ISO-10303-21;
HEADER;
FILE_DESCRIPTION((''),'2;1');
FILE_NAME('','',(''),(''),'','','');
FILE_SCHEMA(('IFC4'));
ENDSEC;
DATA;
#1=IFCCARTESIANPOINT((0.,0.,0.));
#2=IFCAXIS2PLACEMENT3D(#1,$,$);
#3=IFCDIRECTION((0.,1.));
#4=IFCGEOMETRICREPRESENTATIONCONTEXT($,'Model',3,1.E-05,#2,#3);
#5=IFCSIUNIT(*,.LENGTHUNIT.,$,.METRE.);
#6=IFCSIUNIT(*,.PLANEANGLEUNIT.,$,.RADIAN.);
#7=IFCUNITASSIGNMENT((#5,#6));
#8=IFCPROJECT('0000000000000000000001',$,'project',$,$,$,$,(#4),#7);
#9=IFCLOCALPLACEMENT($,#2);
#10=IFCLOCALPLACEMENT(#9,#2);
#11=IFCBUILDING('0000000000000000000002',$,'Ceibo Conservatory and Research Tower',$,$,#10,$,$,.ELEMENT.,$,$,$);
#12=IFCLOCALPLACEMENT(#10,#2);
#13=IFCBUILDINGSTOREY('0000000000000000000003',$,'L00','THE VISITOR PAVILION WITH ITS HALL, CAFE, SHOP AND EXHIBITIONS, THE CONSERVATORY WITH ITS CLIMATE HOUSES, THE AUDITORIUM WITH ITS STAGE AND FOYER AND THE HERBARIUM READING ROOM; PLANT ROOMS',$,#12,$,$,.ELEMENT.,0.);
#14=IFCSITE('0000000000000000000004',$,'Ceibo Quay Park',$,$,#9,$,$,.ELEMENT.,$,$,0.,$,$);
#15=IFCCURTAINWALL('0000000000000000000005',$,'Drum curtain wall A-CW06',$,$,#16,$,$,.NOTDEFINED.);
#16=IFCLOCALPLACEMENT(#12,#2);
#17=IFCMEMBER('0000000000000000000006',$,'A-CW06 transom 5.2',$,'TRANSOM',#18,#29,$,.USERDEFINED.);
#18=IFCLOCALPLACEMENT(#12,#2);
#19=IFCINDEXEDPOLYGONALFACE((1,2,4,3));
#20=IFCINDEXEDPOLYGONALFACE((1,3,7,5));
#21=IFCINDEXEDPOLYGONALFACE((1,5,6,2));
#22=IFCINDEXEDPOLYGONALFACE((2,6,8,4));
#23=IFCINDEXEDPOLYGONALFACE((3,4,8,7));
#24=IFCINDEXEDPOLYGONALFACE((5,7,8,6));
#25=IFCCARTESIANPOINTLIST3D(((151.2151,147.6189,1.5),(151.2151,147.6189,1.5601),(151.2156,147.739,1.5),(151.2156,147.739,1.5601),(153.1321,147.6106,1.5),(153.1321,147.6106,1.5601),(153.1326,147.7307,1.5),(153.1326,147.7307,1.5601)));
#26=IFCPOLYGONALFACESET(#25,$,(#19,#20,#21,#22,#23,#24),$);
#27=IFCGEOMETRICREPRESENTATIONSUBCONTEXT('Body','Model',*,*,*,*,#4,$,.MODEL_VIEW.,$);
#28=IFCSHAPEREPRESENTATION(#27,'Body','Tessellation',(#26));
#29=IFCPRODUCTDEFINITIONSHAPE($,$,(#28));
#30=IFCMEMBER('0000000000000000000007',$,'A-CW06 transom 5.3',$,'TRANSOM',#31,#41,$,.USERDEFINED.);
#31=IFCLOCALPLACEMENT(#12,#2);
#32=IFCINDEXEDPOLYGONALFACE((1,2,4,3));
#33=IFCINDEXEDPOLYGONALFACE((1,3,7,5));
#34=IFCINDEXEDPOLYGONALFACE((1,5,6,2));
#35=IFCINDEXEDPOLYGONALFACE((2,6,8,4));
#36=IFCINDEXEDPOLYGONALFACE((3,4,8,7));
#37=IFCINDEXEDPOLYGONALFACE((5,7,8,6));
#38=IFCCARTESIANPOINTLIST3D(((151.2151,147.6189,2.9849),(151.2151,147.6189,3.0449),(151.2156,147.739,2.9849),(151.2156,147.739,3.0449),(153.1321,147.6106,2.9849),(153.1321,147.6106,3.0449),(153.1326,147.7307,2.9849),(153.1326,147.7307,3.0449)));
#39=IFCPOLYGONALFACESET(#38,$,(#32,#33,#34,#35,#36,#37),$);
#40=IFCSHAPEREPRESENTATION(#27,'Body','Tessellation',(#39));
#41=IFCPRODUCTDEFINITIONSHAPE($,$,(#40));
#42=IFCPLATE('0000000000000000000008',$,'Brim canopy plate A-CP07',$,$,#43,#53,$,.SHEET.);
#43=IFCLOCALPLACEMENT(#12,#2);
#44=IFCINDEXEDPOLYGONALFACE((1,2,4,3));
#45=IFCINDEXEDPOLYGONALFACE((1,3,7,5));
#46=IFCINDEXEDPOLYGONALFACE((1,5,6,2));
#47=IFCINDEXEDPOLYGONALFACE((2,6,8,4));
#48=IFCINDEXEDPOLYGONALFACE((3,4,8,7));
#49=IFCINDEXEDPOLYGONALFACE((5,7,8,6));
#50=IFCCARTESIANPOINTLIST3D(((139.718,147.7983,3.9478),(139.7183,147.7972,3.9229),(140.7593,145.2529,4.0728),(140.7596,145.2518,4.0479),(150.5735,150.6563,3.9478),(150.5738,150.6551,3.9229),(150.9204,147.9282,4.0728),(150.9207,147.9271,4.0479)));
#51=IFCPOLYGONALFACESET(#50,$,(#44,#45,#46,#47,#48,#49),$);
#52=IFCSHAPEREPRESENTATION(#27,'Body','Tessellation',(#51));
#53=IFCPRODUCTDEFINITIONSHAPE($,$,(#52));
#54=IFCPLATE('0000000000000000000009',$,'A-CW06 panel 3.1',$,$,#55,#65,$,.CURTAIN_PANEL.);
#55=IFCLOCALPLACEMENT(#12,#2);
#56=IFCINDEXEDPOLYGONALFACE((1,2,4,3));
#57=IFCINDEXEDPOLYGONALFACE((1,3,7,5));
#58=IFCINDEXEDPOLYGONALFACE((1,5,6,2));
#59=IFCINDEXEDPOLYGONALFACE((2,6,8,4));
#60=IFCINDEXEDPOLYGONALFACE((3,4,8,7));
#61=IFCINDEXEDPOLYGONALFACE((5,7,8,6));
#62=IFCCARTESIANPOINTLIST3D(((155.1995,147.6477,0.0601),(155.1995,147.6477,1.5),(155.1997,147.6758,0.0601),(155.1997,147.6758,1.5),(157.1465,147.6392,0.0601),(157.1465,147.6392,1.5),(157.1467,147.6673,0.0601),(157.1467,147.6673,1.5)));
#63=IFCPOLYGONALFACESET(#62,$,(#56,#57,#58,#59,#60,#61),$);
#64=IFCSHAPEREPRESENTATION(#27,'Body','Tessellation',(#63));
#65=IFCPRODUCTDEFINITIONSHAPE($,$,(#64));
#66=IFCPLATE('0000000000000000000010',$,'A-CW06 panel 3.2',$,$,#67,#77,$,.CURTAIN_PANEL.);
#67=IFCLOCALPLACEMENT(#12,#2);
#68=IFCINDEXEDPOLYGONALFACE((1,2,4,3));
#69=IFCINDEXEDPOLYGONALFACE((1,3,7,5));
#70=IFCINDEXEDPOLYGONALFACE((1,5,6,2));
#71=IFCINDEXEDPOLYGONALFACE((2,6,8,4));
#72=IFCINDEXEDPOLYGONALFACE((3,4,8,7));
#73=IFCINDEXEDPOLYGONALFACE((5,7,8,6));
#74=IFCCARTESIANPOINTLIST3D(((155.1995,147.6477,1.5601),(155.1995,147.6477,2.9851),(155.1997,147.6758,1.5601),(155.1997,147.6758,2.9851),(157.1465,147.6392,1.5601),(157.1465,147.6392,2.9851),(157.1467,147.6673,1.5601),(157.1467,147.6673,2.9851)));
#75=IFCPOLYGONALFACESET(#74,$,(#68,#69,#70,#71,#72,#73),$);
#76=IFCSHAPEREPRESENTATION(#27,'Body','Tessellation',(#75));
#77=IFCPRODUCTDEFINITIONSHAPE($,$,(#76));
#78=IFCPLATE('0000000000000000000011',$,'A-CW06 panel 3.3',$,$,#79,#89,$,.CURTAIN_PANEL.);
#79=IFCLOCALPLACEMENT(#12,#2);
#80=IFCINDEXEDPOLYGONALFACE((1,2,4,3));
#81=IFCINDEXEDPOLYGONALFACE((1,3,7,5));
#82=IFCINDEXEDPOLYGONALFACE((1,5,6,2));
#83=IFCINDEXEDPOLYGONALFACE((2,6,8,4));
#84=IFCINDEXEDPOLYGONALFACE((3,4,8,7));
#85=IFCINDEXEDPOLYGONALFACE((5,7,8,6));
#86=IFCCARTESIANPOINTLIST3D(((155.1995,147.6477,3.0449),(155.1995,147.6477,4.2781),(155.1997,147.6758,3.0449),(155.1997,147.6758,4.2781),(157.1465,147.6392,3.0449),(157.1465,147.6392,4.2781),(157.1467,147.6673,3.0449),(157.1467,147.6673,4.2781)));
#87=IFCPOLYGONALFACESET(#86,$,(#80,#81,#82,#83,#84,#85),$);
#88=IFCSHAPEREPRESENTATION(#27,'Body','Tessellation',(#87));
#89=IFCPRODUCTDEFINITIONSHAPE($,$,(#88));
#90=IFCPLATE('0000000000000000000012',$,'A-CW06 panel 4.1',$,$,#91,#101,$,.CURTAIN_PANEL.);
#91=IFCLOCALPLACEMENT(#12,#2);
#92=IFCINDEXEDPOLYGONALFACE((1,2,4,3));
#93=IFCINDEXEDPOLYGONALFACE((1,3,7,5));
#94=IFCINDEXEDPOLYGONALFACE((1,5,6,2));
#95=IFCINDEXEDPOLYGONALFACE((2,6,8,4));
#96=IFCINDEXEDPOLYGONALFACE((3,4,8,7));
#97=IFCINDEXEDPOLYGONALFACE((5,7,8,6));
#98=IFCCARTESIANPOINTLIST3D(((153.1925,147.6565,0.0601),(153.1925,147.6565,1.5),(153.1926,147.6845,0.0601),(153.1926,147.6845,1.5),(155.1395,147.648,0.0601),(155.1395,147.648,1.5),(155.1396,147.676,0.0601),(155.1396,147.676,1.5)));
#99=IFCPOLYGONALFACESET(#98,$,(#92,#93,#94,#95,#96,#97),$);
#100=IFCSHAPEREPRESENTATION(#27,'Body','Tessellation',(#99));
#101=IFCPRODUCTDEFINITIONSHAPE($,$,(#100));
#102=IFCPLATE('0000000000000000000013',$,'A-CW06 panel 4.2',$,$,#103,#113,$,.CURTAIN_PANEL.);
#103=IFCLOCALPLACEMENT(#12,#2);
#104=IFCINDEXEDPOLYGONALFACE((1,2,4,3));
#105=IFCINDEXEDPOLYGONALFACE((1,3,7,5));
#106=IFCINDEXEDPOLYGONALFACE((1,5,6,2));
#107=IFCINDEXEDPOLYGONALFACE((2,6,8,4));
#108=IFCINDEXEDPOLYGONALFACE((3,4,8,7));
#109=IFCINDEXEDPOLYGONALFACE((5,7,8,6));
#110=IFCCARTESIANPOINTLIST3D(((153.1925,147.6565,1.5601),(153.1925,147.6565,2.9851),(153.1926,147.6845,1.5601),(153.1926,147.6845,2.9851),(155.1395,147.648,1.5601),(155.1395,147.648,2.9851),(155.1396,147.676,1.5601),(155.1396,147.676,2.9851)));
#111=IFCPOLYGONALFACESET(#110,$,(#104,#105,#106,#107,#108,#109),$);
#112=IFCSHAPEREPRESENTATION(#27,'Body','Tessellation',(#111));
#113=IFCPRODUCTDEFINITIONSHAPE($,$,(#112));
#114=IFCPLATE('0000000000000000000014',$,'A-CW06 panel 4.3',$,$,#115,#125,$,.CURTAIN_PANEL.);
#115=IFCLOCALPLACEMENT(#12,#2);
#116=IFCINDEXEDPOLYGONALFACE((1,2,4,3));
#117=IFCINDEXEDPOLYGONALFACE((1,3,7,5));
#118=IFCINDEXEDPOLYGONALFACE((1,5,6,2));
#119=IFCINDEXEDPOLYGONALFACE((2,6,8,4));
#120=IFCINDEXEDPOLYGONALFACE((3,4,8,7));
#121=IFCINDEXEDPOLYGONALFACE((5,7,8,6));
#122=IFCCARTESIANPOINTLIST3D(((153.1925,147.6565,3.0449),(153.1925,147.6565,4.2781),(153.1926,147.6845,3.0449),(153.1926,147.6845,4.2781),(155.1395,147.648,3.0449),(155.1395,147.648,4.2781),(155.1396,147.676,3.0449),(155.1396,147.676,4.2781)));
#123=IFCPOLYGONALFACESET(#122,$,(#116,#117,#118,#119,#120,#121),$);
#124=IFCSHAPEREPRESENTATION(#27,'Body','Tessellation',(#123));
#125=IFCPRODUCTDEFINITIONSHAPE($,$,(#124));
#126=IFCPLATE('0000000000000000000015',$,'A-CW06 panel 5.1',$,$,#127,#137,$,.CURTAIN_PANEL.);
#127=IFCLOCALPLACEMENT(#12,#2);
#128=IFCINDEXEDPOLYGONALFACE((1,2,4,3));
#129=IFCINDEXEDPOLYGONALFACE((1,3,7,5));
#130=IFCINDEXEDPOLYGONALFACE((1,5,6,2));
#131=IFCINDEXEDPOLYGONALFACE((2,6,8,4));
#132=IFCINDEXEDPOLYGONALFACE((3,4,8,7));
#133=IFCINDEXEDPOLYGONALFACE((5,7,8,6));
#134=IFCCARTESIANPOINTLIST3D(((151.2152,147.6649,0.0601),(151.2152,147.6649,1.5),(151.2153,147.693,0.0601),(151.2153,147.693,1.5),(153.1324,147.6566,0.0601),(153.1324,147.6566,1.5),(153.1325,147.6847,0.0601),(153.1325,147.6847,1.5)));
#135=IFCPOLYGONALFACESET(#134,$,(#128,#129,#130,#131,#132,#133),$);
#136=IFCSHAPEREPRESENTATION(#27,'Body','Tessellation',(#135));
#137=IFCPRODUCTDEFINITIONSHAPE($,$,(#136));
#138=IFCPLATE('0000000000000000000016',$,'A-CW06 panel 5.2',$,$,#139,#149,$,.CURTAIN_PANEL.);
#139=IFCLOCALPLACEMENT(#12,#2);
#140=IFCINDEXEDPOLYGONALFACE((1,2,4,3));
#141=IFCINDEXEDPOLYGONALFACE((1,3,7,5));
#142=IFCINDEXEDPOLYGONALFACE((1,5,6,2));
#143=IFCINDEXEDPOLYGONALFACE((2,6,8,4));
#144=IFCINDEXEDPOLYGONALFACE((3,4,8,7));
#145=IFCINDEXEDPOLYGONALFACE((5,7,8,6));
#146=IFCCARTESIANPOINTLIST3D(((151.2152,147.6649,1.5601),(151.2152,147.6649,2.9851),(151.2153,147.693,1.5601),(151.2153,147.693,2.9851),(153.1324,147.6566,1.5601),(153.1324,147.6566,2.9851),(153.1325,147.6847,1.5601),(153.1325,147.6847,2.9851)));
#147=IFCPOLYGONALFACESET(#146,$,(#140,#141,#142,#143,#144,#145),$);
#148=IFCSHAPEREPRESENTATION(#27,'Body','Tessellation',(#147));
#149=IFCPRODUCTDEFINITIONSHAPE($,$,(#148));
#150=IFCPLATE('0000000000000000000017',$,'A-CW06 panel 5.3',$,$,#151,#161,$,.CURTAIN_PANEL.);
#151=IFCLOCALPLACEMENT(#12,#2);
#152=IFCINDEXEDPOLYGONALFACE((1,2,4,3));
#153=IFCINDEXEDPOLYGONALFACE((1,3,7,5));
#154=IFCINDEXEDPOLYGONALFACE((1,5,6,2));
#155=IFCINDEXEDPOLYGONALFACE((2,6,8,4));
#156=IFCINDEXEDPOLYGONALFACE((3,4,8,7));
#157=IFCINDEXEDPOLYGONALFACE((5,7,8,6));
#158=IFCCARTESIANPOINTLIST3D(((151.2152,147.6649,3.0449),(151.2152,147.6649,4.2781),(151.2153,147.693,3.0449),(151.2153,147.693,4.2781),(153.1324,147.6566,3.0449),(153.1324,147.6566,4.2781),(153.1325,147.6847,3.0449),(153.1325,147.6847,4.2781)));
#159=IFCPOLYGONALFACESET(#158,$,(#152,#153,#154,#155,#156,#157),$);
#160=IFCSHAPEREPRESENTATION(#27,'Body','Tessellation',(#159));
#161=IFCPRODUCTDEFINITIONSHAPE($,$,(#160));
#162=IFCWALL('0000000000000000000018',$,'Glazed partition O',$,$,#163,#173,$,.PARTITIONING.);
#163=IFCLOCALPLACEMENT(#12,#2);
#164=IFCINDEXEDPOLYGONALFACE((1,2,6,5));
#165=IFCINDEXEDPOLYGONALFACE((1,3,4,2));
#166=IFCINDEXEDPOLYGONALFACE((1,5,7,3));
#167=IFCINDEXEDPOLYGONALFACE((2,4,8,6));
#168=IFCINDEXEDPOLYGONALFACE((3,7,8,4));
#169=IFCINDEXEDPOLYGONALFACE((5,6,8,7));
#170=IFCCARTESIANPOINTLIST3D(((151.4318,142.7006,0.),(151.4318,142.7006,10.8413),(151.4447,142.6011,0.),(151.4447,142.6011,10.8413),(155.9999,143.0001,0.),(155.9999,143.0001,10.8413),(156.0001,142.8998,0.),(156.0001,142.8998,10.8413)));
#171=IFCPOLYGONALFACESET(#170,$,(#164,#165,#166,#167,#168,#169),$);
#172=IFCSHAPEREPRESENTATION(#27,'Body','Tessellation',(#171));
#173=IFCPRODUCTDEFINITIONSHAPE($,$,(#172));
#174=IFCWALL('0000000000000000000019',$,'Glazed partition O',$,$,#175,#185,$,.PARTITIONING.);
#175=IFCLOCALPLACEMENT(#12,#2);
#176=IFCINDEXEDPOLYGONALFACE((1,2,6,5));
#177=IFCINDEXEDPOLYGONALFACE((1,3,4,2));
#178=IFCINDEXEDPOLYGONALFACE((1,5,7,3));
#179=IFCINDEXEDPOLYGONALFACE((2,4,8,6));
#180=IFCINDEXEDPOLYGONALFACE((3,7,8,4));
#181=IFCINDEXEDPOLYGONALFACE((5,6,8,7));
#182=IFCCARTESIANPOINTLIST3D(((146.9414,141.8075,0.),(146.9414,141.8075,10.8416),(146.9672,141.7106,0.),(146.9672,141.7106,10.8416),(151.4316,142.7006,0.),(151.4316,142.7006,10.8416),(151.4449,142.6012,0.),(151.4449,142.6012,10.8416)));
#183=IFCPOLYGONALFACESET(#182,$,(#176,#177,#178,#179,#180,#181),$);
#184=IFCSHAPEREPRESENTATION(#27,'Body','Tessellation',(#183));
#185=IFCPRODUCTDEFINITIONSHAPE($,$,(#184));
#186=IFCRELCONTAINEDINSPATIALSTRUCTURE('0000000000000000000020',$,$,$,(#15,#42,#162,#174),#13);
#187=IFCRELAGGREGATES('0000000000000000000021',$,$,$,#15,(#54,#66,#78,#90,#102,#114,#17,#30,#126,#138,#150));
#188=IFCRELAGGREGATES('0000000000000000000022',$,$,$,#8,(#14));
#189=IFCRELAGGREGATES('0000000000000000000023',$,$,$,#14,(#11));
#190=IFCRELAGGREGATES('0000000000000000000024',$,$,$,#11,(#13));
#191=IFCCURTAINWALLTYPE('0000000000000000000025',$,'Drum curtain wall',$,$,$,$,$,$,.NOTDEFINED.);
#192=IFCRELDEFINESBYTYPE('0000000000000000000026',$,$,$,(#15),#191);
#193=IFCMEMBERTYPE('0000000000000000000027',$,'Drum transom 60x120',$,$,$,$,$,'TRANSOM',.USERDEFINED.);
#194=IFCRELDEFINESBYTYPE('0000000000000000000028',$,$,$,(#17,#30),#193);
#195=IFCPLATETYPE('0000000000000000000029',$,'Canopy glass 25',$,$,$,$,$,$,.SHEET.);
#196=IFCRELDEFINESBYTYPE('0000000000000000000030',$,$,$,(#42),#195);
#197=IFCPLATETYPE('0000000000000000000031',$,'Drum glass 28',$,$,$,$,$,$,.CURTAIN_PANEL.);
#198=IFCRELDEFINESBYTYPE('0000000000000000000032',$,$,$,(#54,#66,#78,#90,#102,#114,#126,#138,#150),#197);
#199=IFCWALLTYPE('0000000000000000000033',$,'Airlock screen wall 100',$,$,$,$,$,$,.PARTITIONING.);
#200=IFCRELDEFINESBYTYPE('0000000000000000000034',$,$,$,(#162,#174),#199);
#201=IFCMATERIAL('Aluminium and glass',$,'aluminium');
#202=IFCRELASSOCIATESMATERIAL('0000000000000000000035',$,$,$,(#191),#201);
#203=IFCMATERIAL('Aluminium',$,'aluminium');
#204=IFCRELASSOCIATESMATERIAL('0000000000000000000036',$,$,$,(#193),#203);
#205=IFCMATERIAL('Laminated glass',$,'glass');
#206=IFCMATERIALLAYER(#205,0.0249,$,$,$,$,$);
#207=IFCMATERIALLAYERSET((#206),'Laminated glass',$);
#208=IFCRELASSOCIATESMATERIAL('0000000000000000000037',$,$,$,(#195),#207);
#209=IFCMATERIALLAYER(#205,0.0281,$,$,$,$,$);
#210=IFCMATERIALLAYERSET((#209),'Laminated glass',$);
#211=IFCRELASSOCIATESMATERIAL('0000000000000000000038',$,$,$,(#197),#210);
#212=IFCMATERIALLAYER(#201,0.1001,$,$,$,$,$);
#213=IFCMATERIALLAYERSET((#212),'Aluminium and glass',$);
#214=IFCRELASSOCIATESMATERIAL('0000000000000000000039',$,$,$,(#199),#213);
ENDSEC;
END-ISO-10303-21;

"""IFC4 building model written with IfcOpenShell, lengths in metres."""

from ifc_helpers import new_model, si_unit, direction, frame, origin, origin_2d, place, context, subcontext, project, spatial, polyline, rectangle, outline, extrude, material, layer, layer_set, material_profile, profile_set, type_object, element, aggregate, save


model = new_model("IFC4")

# Units and contexts
model_context = context("Model", 3, precision=1e-05, world=origin(), true_north=direction((0.0, 1.0)))
body_context = subcontext(model_context, "Body", "Model", "MODEL_VIEW")
ifc_project = project(units=[si_unit("LENGTHUNIT", "METRE"), si_unit("PLANEANGLEUNIT", "RADIAN")], contexts=[model_context])

# Site, building, storey
site_placement = place(None, origin())
site = spatial("IfcSite", under=ifc_project, at=site_placement, Name="Ceibo Quay Park", CompositionType="ELEMENT", RefElevation=0.0)
building_placement = place(site_placement, origin())
building = spatial("IfcBuilding", under=site, at=building_placement, Name="Ceibo Conservatory and Research Tower", CompositionType="ELEMENT")
storey_placement = place(building_placement, origin())
storey = spatial("IfcBuildingStorey", under=building, at=storey_placement, Name="L00", Description="THE VISITOR PAVILION WITH ITS HALL, CAFE, SHOP AND EXHIBITIONS, THE CONSERVATORY WITH ITS CLIMATE HOUSES, THE AUDITORIUM WITH ITS STAGE AND FOYER AND THE HERBARIUM READING ROOM; PLANT ROOMS", CompositionType="ELEMENT", Elevation=0.0)

# Curtain wall, members
ifc_material_1 = material(Name="Aluminium and glass", Category="aluminium")
curtain_wall_type = type_object("IfcCurtainWallType", Name="Drum curtain wall", PredefinedType="NOTDEFINED", material=ifc_material_1)
curtain_wall_placement = place(storey_placement, origin())
curtain_wall = element("IfcCurtainWall", 1, at=curtain_wall_placement, inside=storey, type_object=curtain_wall_type, Name="Drum curtain wall A-CW06", PredefinedType="NOTDEFINED")
ifc_material_2 = material(Name="Aluminium", Category="aluminium")
ifc_material_profile_1 = material_profile(ifc_material_2, rectangle(XDim=0.1201, YDim=0.0601, at=origin_2d()), Name="AL 60x120")
ifc_profile_set_1 = profile_set([ifc_material_profile_1], Name="Aluminium")
member_type_1 = type_object("IfcMemberType", Name="Drum transom 60x120", ElementType="TRANSOM", PredefinedType="USERDEFINED", material=ifc_profile_set_1)
member_1_placement = place(storey_placement, frame((153.1323, 147.6707, 1.53), z_axis=(-0.999991, 0.00433, 0.0), x_axis=(-0.00433, -0.999991, 0.0)))
member_1 = element("IfcMember", 2, at=member_1_placement, type_object=member_type_1, Name="A-CW06 transom 5.2", ObjectType="TRANSOM", PredefinedType="USERDEFINED", context=body_context, shape_type="SweptSolid", body=[
    extrude(rectangle(XDim=0.1201, YDim=0.0601, at=origin_2d()), origin(), (0.0, 0.0, 1.0), 1.917),
])
member_2_placement = place(storey_placement, frame((153.1323, 147.6707, 3.0149), z_axis=(-0.999991, 0.00433, 0.0), x_axis=(-0.00433, -0.999991, 0.0)))
member_2 = element("IfcMember", 3, at=member_2_placement, type_object=member_type_1, Name="A-CW06 transom 5.3", ObjectType="TRANSOM", PredefinedType="USERDEFINED", context=body_context, shape_type="SweptSolid", body=[
    extrude(rectangle(XDim=0.1201, YDim=0.0601, at=origin_2d()), origin(), (0.0, 0.0, 1.0), 1.917),
])

# Plates
ifc_material_3 = material(Name="Laminated glass", Category="glass")
ifc_layer_1 = layer(ifc_material_3, 0.0249)
ifc_layer_set_1 = layer_set([ifc_layer_1], Name="Laminated glass")
plate_type_1 = type_object("IfcPlateType", Name="Canopy glass 25", PredefinedType="SHEET", material=ifc_layer_set_1)
plate_1_placement = place(storey_placement, frame((150.9204, 147.9282, 4.0728), z_axis=(0.01166, -0.044288, -0.998951), x_axis=(-0.967044, -0.25461, 0.0)))
element("IfcPlate", 4, at=plate_1_placement, inside=storey, type_object=plate_type_1, Name="Brim canopy plate A-CP07", PredefinedType="SHEET", context=body_context, shape_type="SweptSolid", body=[
    extrude(outline(polyline([(0.0, 0.0), (10.5074, 0.0), (10.8663, 2.7295), (-0.3591, 2.7293), (0.0, 0.0)])), origin(), (0.0, 0.0, 1.0), 0.0249),
])
ifc_layer_2 = layer(ifc_material_3, 0.0281)
ifc_layer_set_2 = layer_set([ifc_layer_2], Name="Laminated glass")
plate_type_2 = type_object("IfcPlateType", Name="Drum glass 28", PredefinedType="CURTAIN_PANEL", material=ifc_layer_set_2)
plate_2_placement = place(storey_placement, frame((156.1731, 147.6575, 0.0601), z_axis=(0.0, 0.0, 1.0), x_axis=(-0.99999, 0.004363, 0.0)))
plate_2 = element("IfcPlate", 5, at=plate_2_placement, type_object=plate_type_2, Name="A-CW06 panel 3.1", PredefinedType="CURTAIN_PANEL", context=body_context, shape_type="SweptSolid", body=[
    extrude(rectangle(XDim=1.947, YDim=0.0281, at=origin_2d()), origin(), (0.0, 0.0, 1.0), 1.4399),
])
plate_3_placement = place(storey_placement, frame((156.1731, 147.6575, 1.5601), z_axis=(0.0, 0.0, 1.0), x_axis=(-0.99999, 0.004363, 0.0)))
plate_3 = element("IfcPlate", 6, at=plate_3_placement, type_object=plate_type_2, Name="A-CW06 panel 3.2", PredefinedType="CURTAIN_PANEL", context=body_context, shape_type="SweptSolid", body=[
    extrude(rectangle(XDim=1.947, YDim=0.0281, at=origin_2d()), origin(), (0.0, 0.0, 1.0), 1.425),
])
plate_4_placement = place(storey_placement, frame((156.1731, 147.6575, 3.0449), z_axis=(0.0, 0.0, 1.0), x_axis=(-0.99999, 0.004363, 0.0)))
plate_4 = element("IfcPlate", 7, at=plate_4_placement, type_object=plate_type_2, Name="A-CW06 panel 3.3", PredefinedType="CURTAIN_PANEL", context=body_context, shape_type="SweptSolid", body=[
    extrude(rectangle(XDim=1.947, YDim=0.0281, at=origin_2d()), origin(), (0.0, 0.0, 1.0), 1.2332),
])
plate_5_placement = place(storey_placement, frame((154.166, 147.6663, 0.0601), z_axis=(0.0, 0.0, 1.0), x_axis=(-0.99999, 0.004363, 0.0)))
plate_5 = element("IfcPlate", 8, at=plate_5_placement, type_object=plate_type_2, Name="A-CW06 panel 4.1", PredefinedType="CURTAIN_PANEL", context=body_context, shape_type="SweptSolid", body=[
    extrude(rectangle(XDim=1.947, YDim=0.0281, at=origin_2d()), origin(), (0.0, 0.0, 1.0), 1.4399),
])
plate_6_placement = place(storey_placement, frame((154.166, 147.6663, 1.5601), z_axis=(0.0, 0.0, 1.0), x_axis=(-0.99999, 0.004363, 0.0)))
plate_6 = element("IfcPlate", 9, at=plate_6_placement, type_object=plate_type_2, Name="A-CW06 panel 4.2", PredefinedType="CURTAIN_PANEL", context=body_context, shape_type="SweptSolid", body=[
    extrude(rectangle(XDim=1.947, YDim=0.0281, at=origin_2d()), origin(), (0.0, 0.0, 1.0), 1.425),
])
plate_7_placement = place(storey_placement, frame((154.166, 147.6663, 3.0449), z_axis=(0.0, 0.0, 1.0), x_axis=(-0.99999, 0.004363, 0.0)))
plate_7 = element("IfcPlate", 10, at=plate_7_placement, type_object=plate_type_2, Name="A-CW06 panel 4.3", PredefinedType="CURTAIN_PANEL", context=body_context, shape_type="SweptSolid", body=[
    extrude(rectangle(XDim=1.947, YDim=0.0281, at=origin_2d()), origin(), (0.0, 0.0, 1.0), 1.2332),
])
plate_8_placement = place(storey_placement, frame((152.1738, 147.6748, 0.0601), z_axis=(0.0, 0.0, 1.0), x_axis=(-0.99999, 0.004363, 0.0)))
plate_8 = element("IfcPlate", 11, at=plate_8_placement, type_object=plate_type_2, Name="A-CW06 panel 5.1", PredefinedType="CURTAIN_PANEL", context=body_context, shape_type="SweptSolid", body=[
    extrude(rectangle(XDim=1.9172, YDim=0.0281, at=origin_2d()), origin(), (0.0, 0.0, 1.0), 1.4399),
])
plate_9_placement = place(storey_placement, frame((152.1738, 147.6748, 1.5601), z_axis=(0.0, 0.0, 1.0), x_axis=(-0.99999, 0.004363, 0.0)))
plate_9 = element("IfcPlate", 12, at=plate_9_placement, type_object=plate_type_2, Name="A-CW06 panel 5.2", PredefinedType="CURTAIN_PANEL", context=body_context, shape_type="SweptSolid", body=[
    extrude(rectangle(XDim=1.9172, YDim=0.0281, at=origin_2d()), origin(), (0.0, 0.0, 1.0), 1.425),
])
plate_10_placement = place(storey_placement, frame((152.1738, 147.6748, 3.0449), z_axis=(0.0, 0.0, 1.0), x_axis=(-0.99999, 0.004363, 0.0)))
plate_10 = element("IfcPlate", 13, at=plate_10_placement, type_object=plate_type_2, Name="A-CW06 panel 5.3", PredefinedType="CURTAIN_PANEL", context=body_context, shape_type="SweptSolid", body=[
    extrude(rectangle(XDim=1.9172, YDim=0.0281, at=origin_2d()), origin(), (0.0, 0.0, 1.0), 1.2332),
])
aggregate(curtain_wall, [plate_2, plate_3, plate_4, plate_5, plate_6, plate_7, member_1, member_2, plate_8, plate_9, plate_10])

# Walls
ifc_layer_3 = layer(ifc_material_1, 0.1001)
ifc_layer_set_3 = layer_set([ifc_layer_3], Name="Aluminium and glass")
wall_type_1 = type_object("IfcWallType", Name="Airlock screen wall 100", PredefinedType="PARTITIONING", material=ifc_layer_set_3)
wall_1_placement = place(storey_placement, frame((156.0, 142.95, 0.0), z_axis=(0.0, 0.0, 1.0), x_axis=(-0.997858, -0.06542, 0.0)))
element("IfcWall", 14, at=wall_1_placement, inside=storey, type_object=wall_type_1, Name="Glazed partition O", PredefinedType="PARTITIONING", context=body_context, shape_type="SweptSolid", body=[
    extrude(outline(polyline([(-0.0032, -0.05), (4.5747, -0.05), (4.5684, 0.05), (0.0032, 0.05), (-0.0032, -0.05)])), origin(), (0.0, 0.0, 1.0), 10.8413),
])
wall_2_placement = place(storey_placement, frame((151.4382, 142.6509, 0.0), z_axis=(0.0, 0.0, 1.0), x_axis=(-0.980788, -0.195079, 0.0)))
element("IfcWall", 15, at=wall_2_placement, inside=storey, type_object=wall_type_1, Name="Glazed partition O", PredefinedType="PARTITIONING", context=body_context, shape_type="SweptSolid", body=[
    extrude(outline(polyline([(-0.0032, -0.05), (4.575, -0.05), (4.5686, 0.05), (0.0032, 0.05), (-0.0032, -0.05)])), origin(), (0.0, 0.0, 1.0), 10.8416),
])

save(model, "model.ifc")
